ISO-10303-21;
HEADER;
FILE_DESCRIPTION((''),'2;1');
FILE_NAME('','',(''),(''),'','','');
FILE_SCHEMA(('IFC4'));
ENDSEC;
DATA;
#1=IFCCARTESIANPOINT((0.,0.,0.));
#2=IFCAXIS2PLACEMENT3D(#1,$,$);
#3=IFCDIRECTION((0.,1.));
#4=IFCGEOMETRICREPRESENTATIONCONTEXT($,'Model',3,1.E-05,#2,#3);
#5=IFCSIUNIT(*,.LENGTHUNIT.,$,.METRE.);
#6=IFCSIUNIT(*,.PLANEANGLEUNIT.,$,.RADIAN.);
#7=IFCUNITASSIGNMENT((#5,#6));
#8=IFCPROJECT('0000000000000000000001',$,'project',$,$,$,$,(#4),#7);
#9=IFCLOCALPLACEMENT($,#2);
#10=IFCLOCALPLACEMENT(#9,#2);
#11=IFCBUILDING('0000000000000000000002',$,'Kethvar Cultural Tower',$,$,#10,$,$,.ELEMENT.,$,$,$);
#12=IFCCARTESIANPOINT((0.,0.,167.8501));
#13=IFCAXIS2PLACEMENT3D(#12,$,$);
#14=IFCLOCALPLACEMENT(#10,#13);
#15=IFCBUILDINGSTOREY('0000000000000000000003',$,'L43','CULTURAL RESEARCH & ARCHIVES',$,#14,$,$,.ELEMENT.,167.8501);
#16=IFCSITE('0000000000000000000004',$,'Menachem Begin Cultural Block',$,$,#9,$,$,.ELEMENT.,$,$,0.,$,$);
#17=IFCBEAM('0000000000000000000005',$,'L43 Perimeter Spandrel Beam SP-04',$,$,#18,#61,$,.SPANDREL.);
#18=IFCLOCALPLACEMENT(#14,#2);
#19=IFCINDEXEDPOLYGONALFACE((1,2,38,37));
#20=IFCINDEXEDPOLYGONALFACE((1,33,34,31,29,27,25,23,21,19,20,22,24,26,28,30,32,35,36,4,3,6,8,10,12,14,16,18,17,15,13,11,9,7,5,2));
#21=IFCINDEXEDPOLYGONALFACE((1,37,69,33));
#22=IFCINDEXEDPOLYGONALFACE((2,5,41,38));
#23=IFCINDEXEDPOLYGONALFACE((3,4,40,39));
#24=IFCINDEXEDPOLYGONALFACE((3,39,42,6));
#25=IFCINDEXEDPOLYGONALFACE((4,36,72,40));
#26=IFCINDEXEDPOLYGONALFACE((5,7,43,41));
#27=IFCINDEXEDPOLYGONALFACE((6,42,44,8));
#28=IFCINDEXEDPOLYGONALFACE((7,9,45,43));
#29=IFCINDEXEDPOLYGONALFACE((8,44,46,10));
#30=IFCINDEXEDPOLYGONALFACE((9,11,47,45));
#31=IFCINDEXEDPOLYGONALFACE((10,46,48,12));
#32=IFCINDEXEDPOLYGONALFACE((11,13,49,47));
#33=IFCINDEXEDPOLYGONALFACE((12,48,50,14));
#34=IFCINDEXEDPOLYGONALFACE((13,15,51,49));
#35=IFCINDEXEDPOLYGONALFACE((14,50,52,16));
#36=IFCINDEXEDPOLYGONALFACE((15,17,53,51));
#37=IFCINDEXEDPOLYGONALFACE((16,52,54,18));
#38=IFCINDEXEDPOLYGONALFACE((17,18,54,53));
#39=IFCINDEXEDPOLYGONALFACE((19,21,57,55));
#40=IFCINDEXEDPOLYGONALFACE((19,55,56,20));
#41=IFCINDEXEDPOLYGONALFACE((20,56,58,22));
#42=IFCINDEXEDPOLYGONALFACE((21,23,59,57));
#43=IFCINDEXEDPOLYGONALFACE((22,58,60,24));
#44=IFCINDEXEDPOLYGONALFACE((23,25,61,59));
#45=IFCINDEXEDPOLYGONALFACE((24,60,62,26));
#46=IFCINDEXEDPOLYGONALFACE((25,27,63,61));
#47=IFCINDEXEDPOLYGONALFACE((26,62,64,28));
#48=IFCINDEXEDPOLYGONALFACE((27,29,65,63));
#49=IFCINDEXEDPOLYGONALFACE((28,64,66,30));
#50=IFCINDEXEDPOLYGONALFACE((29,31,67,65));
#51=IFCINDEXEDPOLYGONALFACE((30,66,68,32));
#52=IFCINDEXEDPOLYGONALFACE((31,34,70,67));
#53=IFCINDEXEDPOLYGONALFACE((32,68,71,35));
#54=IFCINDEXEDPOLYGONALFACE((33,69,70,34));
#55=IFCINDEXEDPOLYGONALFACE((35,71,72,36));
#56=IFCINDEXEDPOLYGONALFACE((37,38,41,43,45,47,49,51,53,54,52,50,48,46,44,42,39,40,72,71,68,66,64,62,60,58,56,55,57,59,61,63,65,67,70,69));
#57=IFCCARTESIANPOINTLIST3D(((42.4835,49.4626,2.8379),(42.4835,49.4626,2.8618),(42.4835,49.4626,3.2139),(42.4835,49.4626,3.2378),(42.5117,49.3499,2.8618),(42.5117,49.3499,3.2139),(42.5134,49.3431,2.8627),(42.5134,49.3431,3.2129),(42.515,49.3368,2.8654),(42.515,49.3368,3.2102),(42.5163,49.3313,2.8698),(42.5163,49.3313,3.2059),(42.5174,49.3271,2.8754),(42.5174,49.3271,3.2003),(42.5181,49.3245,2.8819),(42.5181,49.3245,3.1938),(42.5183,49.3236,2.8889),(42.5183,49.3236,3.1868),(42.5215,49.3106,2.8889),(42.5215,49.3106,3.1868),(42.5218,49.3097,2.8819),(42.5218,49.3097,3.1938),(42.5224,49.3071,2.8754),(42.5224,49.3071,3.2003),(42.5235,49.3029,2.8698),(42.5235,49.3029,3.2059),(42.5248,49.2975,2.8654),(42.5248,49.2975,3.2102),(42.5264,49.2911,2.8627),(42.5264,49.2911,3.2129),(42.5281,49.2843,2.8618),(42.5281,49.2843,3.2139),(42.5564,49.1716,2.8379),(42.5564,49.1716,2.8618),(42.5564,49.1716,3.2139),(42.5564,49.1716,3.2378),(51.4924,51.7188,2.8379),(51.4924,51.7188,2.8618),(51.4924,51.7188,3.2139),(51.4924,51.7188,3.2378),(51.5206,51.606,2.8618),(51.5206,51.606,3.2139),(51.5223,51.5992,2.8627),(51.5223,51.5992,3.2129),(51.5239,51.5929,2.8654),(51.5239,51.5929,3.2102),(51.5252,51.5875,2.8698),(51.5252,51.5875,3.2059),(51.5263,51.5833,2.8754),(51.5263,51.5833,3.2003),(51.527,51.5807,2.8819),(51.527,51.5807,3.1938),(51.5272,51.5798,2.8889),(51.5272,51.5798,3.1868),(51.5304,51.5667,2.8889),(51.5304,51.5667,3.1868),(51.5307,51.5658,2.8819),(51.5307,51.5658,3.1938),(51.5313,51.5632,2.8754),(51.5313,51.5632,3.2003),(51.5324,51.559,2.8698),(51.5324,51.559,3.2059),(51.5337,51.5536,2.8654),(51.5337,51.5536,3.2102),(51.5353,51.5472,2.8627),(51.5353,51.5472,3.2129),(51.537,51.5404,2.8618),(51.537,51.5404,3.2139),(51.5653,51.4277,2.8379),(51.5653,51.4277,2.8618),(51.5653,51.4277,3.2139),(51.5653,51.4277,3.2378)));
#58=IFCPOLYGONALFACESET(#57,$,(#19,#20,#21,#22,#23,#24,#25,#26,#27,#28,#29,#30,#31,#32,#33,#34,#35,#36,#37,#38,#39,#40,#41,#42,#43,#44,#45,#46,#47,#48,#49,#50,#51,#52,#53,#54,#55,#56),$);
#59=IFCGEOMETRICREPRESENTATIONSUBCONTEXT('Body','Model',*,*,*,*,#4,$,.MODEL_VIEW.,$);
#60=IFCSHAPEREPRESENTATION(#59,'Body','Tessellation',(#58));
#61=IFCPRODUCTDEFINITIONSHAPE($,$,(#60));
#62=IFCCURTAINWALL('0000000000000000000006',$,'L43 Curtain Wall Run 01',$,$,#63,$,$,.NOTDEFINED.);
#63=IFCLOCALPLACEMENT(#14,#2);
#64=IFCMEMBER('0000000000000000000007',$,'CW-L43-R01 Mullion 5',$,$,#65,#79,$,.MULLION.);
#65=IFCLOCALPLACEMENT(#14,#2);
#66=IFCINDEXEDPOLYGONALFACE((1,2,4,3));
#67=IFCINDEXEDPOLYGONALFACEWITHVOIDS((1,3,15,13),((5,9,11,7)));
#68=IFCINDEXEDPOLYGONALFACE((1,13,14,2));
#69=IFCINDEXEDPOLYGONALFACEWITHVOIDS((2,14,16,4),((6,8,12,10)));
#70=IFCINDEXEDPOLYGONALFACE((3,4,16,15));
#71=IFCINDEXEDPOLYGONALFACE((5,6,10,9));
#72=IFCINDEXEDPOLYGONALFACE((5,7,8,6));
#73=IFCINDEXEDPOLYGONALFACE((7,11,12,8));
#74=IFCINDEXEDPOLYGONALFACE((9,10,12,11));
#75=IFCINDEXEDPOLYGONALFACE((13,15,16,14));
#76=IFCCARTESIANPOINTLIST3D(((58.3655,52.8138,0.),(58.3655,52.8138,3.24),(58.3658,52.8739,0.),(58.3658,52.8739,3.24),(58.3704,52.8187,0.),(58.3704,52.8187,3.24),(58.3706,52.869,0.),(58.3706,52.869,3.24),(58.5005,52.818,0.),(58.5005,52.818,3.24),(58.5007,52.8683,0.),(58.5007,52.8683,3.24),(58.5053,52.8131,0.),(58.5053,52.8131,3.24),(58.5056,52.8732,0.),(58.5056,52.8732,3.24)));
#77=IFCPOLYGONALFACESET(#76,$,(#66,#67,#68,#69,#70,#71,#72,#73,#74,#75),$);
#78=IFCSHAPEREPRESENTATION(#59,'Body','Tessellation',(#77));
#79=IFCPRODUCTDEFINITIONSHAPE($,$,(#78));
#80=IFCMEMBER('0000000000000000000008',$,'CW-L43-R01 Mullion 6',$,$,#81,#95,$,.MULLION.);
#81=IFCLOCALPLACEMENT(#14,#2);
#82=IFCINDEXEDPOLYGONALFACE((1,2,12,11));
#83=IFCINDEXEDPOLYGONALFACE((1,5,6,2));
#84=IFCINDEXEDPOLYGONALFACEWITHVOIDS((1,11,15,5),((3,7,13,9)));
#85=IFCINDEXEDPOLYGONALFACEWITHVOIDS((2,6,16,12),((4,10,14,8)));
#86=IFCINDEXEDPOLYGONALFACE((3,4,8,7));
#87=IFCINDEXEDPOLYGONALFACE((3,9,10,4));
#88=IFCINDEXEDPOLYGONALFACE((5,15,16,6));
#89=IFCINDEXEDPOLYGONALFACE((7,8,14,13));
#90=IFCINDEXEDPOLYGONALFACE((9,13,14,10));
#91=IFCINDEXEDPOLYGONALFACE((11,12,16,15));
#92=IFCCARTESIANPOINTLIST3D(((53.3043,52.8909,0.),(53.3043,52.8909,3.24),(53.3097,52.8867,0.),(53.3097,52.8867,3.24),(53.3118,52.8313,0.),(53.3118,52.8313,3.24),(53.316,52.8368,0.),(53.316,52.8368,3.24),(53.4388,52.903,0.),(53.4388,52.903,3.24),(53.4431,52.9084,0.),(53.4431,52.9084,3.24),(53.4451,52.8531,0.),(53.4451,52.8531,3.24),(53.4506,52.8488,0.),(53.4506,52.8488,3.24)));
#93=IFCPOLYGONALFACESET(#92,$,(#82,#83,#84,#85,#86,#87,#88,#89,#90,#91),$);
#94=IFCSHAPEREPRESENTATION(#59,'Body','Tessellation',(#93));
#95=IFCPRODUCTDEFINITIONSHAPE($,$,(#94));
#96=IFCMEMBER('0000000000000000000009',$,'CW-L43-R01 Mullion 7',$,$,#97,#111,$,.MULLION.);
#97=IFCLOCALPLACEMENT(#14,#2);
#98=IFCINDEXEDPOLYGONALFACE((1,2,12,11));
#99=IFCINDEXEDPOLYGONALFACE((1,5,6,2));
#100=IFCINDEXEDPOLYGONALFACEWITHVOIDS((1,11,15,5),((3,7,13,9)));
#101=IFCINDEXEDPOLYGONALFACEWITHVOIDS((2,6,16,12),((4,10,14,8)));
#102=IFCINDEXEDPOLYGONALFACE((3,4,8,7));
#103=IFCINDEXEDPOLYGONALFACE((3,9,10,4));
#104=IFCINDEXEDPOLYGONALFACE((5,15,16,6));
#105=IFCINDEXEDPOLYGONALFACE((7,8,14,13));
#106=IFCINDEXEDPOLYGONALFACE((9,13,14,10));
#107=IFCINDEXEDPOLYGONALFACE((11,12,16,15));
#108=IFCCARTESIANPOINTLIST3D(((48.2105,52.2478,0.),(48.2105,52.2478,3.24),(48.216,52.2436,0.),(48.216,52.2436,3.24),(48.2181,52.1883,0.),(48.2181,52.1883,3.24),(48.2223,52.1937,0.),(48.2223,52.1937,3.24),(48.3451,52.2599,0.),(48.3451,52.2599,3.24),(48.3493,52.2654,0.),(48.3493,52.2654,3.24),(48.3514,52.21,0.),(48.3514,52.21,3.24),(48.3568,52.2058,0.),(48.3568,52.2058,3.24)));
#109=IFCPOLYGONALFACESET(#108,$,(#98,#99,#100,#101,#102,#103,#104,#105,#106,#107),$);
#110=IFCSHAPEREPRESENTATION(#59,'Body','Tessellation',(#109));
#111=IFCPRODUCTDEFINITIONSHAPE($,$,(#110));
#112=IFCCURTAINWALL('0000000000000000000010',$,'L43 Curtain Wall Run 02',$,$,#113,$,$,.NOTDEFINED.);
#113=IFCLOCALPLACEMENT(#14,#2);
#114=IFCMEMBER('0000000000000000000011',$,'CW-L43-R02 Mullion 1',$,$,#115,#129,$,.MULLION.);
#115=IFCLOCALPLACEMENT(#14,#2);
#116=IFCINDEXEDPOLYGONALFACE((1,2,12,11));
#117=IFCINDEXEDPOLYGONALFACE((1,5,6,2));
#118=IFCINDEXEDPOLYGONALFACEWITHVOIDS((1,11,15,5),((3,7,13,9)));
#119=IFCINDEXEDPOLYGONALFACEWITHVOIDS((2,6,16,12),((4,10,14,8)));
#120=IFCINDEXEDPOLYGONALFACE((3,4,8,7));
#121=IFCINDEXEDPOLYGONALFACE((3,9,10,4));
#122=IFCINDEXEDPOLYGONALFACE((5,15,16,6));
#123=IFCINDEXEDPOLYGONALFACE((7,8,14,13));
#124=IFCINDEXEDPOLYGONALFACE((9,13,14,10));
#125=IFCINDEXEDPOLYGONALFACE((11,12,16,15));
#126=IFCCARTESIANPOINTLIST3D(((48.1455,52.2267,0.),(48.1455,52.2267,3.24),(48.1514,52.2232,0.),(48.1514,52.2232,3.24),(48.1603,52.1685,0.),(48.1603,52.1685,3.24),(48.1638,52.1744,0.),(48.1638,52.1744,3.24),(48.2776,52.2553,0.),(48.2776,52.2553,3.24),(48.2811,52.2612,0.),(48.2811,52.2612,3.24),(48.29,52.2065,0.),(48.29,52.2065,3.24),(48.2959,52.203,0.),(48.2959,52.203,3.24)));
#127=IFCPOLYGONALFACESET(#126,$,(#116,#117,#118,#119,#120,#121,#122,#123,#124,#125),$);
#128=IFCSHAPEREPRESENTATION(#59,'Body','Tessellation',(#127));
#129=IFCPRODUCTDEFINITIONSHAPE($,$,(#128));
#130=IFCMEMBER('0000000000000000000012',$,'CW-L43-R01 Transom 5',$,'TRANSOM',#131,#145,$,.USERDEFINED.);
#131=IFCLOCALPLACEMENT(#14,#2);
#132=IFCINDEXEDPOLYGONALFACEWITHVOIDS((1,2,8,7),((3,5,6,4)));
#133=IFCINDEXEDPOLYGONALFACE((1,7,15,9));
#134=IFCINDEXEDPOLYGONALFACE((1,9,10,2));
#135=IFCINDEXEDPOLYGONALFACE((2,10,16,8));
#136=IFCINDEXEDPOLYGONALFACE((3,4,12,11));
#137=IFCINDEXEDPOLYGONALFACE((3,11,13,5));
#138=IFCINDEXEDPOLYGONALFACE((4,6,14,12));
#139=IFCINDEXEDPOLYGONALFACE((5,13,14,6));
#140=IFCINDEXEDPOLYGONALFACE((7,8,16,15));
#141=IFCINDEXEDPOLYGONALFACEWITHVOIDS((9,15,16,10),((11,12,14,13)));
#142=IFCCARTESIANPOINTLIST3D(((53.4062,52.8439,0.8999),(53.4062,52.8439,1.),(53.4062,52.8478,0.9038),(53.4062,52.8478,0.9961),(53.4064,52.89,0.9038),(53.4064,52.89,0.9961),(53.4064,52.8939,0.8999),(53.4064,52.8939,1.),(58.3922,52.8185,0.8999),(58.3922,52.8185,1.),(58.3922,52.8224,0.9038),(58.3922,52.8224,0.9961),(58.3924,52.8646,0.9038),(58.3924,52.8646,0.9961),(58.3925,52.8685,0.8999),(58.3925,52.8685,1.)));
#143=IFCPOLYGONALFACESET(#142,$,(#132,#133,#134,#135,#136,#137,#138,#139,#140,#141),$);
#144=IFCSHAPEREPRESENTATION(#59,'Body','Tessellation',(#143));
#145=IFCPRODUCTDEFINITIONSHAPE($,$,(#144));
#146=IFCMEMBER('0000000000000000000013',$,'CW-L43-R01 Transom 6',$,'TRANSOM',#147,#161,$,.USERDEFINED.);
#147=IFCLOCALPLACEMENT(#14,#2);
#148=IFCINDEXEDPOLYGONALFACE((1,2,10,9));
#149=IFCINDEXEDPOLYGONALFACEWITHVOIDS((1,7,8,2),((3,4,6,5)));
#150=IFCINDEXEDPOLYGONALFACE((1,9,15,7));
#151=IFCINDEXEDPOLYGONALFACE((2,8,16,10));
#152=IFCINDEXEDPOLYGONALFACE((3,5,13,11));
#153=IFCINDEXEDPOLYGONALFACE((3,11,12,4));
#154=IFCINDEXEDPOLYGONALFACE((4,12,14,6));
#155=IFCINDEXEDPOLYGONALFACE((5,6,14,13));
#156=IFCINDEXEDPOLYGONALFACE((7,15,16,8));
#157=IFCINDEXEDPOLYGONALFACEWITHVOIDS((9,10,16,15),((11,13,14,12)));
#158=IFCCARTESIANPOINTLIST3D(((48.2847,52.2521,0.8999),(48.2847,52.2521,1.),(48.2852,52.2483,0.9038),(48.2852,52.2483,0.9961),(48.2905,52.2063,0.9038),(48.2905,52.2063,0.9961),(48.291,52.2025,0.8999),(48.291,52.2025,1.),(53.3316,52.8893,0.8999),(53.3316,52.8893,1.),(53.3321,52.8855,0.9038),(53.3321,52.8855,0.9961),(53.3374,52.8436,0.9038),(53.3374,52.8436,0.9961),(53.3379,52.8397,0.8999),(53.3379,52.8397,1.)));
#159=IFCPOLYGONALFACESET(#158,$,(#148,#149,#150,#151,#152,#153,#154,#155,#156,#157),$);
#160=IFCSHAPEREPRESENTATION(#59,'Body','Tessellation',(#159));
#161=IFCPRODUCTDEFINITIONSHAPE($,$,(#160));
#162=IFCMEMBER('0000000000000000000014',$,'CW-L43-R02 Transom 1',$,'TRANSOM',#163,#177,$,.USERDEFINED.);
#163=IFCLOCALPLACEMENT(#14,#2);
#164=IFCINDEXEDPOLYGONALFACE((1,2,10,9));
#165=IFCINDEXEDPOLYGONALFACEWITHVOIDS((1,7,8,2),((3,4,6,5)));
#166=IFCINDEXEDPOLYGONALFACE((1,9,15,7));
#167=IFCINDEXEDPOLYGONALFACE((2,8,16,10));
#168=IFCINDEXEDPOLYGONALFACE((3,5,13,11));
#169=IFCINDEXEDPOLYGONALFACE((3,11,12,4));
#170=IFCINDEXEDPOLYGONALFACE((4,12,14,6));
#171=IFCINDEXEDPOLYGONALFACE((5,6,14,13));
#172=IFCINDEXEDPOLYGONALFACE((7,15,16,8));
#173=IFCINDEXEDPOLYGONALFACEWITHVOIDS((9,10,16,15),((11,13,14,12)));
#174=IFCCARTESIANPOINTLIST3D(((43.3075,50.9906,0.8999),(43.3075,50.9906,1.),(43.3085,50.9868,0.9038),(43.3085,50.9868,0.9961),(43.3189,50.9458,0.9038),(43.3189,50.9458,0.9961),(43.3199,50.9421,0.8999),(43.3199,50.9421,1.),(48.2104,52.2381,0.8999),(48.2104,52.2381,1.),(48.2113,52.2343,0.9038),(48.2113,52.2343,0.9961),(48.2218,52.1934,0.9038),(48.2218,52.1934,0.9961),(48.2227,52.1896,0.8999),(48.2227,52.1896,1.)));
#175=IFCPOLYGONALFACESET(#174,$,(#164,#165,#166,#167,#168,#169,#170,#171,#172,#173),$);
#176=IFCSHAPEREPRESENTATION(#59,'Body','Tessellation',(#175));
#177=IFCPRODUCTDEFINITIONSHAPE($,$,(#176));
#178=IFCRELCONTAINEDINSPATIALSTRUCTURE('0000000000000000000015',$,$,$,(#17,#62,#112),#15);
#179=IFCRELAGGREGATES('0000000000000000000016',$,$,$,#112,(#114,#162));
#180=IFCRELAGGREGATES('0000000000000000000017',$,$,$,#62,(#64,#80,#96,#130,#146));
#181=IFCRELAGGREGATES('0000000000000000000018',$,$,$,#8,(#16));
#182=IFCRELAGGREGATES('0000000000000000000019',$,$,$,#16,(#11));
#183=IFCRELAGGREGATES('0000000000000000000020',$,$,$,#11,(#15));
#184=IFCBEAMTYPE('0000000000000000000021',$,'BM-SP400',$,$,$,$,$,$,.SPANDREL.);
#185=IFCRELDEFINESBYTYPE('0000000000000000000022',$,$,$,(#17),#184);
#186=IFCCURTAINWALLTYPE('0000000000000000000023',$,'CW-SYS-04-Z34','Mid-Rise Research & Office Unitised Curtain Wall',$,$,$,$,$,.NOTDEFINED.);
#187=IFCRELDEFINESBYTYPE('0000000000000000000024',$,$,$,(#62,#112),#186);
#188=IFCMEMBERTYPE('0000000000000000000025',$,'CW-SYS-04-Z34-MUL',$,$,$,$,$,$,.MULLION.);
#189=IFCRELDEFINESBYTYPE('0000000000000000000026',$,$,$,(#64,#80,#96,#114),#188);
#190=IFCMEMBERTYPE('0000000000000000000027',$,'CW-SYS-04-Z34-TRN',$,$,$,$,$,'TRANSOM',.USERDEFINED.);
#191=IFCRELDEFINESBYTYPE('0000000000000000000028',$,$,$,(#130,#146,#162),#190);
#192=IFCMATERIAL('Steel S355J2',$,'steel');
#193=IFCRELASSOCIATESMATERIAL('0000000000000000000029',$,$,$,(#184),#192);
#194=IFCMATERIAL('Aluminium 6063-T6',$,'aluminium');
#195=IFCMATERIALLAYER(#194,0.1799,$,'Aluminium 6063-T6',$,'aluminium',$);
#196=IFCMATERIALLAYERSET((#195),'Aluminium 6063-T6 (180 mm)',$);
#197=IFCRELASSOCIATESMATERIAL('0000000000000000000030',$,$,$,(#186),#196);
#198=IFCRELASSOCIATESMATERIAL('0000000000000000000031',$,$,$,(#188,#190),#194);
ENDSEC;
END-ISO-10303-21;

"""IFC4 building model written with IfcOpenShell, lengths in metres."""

from ifc_helpers import new_model, si_unit, direction, frame, origin, origin_2d, place, context, subcontext, project, spatial, hollow_rectangle, i_section, extrude, source, transform, mapped, material, layer, layer_set, material_profile, profile_set, type_object, element, aggregate, save


model = new_model("IFC4")

# Units and contexts
model_context = context("Model", 3, precision=1e-05, world=origin(), true_north=direction((0.0, 1.0)))
body_context = subcontext(model_context, "Body", "Model", "MODEL_VIEW")
ifc_project = project(units=[si_unit("LENGTHUNIT", "METRE"), si_unit("PLANEANGLEUNIT", "RADIAN")], contexts=[model_context])

# Site, building, storey
site_placement = place(None, origin())
site = spatial("IfcSite", under=ifc_project, at=site_placement, Name="Menachem Begin Cultural Block", CompositionType="ELEMENT", RefElevation=0.0)
building_placement = place(site_placement, origin())
building = spatial("IfcBuilding", under=site, at=building_placement, Name="Kethvar Cultural Tower", CompositionType="ELEMENT")
storey_placement = place(building_placement, frame((0.0, 0.0, 167.8501)))
storey = spatial("IfcBuildingStorey", under=building, at=storey_placement, Name="L43", Description="CULTURAL RESEARCH & ARCHIVES", CompositionType="ELEMENT", Elevation=167.8501)

# Beam
ifc_material_1 = material(Name="Steel S355J2", Category="steel")
ifc_material_profile_1 = material_profile(ifc_material_1, i_section(OverallWidth=0.3, OverallDepth=0.3999, WebThickness=0.0134, FlangeThickness=0.0239, FilletRadius=0.0271, at=origin_2d()), Name="Steel S355J2 — HEB400")
ifc_profile_set_1 = profile_set([ifc_material_profile_1], Name="Steel S355J2 — HEB400")
beam_type_1 = type_object("IfcBeamType", Name="BM-SP400", PredefinedType="SPANDREL", material=ifc_profile_set_1)
shared_shape_1 = source(origin(), body_context, "Body", "SweptSolid", [
    extrude(i_section(OverallWidth=0.3, OverallDepth=0.3999, WebThickness=0.0134, FlangeThickness=0.0239, FilletRadius=0.0271, at=origin_2d()), origin(), (0.0, 0.0, 1.0), 9.2871),
])
beam_1_placement = place(storey_placement, frame((51.5288, 51.5732, 3.0378), z_axis=(-0.970043, -0.242931, 0.0), x_axis=(0.242931, -0.970043, 0.0)))
element("IfcBeam", 1, at=beam_1_placement, inside=storey, type_object=beam_type_1, Name="L43 Perimeter Spandrel Beam SP-04", PredefinedType="SPANDREL", context=body_context, shape_type="MappedRepresentation", body=[
    mapped(shared_shape_1, transform((0.0, 0.0, 0.0), scale=1.0)),
])

# Curtain wall, members
ifc_material_2 = material(Name="Aluminium 6063-T6", Category="aluminium")
ifc_layer_1 = layer(ifc_material_2, 0.1799, Name="Aluminium 6063-T6", Category="aluminium")
ifc_layer_set_1 = layer_set([ifc_layer_1], Name="Aluminium 6063-T6 (180 mm)")
curtain_wall_type = type_object("IfcCurtainWallType", Name="CW-SYS-04-Z34", Description="Mid-Rise Research & Office Unitised Curtain Wall", PredefinedType="NOTDEFINED", material=ifc_layer_set_1)
curtain_wall_1_placement = place(storey_placement, origin())
curtain_wall_1 = element("IfcCurtainWall", 2, at=curtain_wall_1_placement, inside=storey, type_object=curtain_wall_type, Name="L43 Curtain Wall Run 01", PredefinedType="NOTDEFINED")
ifc_material_profile_2 = material_profile(ifc_material_2, hollow_rectangle(XDim=0.0601, YDim=0.1399, WallThickness=0.0049, at=origin_2d()), Name="Aluminium 6063-T6 — RHS140x60x5")
ifc_profile_set_2 = profile_set([ifc_material_profile_2], Name="Aluminium 6063-T6 — RHS140x60x5")
member_type_1 = type_object("IfcMemberType", Name="CW-SYS-04-Z34-MUL", PredefinedType="MULLION", material=ifc_profile_set_2)
shared_shape_2 = source(origin(), body_context, "Body", "SweptSolid", [
    extrude(hollow_rectangle(XDim=0.0601, YDim=0.1399, WallThickness=0.0049, at=origin_2d()), origin(), (0.0, 0.0, 1.0), 3.24),
])
member_1_placement = place(storey_placement, frame((58.4355, 52.8435, 0.0), z_axis=(0.0, 0.0, 1.0), x_axis=(-0.005044, -0.999987, 0.0)))
member_1 = element("IfcMember", 3, at=member_1_placement, type_object=member_type_1, Name="CW-L43-R01 Mullion 5", PredefinedType="MULLION", context=body_context, shape_type="MappedRepresentation", body=[
    mapped(shared_shape_2, transform((0.0, 0.0, 0.0), scale=1.0)),
])
member_2_placement = place(storey_placement, frame((53.3774, 52.8699, 0.0), z_axis=(0.0, 0.0, 1.0), x_axis=(0.125247, -0.992126, 0.0)))
member_2 = element("IfcMember", 4, at=member_2_placement, type_object=member_type_1, Name="CW-L43-R01 Mullion 6", PredefinedType="MULLION", context=body_context, shape_type="MappedRepresentation", body=[
    mapped(shared_shape_2, transform((0.0, 0.0, 0.0), scale=1.0)),
])
member_3_placement = place(storey_placement, frame((48.2837, 52.2268, 0.0), z_axis=(0.0, 0.0, 1.0), x_axis=(0.125247, -0.992126, 0.0)))
member_3 = element("IfcMember", 5, at=member_3_placement, type_object=member_type_1, Name="CW-L43-R01 Mullion 7", PredefinedType="MULLION", context=body_context, shape_type="MappedRepresentation", body=[
    mapped(shared_shape_2, transform((0.0, 0.0, 0.0), scale=1.0)),
])

# Curtain wall, member
curtain_wall_2_placement = place(storey_placement, origin())
curtain_wall_2 = element("IfcCurtainWall", 6, at=curtain_wall_2_placement, inside=storey, type_object=curtain_wall_type, Name="L43 Curtain Wall Run 02", PredefinedType="NOTDEFINED")
member_4_placement = place(storey_placement, frame((48.2207, 52.2148, 0.0), z_axis=(0.0, 0.0, 1.0), x_axis=(0.246593, -0.969119, 0.0)))
member_4 = element("IfcMember", 7, at=member_4_placement, type_object=member_type_1, Name="CW-L43-R02 Mullion 1", PredefinedType="MULLION", context=body_context, shape_type="MappedRepresentation", body=[
    mapped(shared_shape_2, transform((0.0, 0.0, 0.0), scale=1.0)),
])

# Members
ifc_material_profile_3 = material_profile(ifc_material_2, hollow_rectangle(XDim=0.05, YDim=0.1001, WallThickness=0.0039, at=origin_2d()), Name="Aluminium 6063-T6 — RHS100x50x4")
ifc_profile_set_3 = profile_set([ifc_material_profile_3], Name="Aluminium 6063-T6 — RHS100x50x4")
member_type_2 = type_object("IfcMemberType", Name="CW-SYS-04-Z34-TRN", ElementType="TRANSOM", PredefinedType="USERDEFINED", material=ifc_profile_set_3)
shared_shape_3 = source(origin(), body_context, "Body", "SweptSolid", [
    extrude(hollow_rectangle(XDim=0.05, YDim=0.1001, WallThickness=0.0039, at=origin_2d()), origin(), (0.0, 0.0, 1.0), 4.9861),
])
member_5_placement = place(storey_placement, frame((58.3923, 52.8435, 0.95), z_axis=(-0.999987, 0.005092, 0.0), x_axis=(-0.005092, -0.999987, 0.0)))
member_5 = element("IfcMember", 8, at=member_5_placement, type_object=member_type_2, Name="CW-L43-R01 Transom 5", ObjectType="TRANSOM", PredefinedType="USERDEFINED", context=body_context, shape_type="MappedRepresentation", body=[
    mapped(shared_shape_3, transform((0.0, 0.0, 0.0), scale=1.0)),
])
shared_shape_4 = source(origin(), body_context, "Body", "SweptSolid", [
    extrude(hollow_rectangle(XDim=0.05, YDim=0.1001, WallThickness=0.0039, at=origin_2d()), origin(), (0.0, 0.0, 1.0), 5.0869),
])
member_6_placement = place(storey_placement, frame((53.3347, 52.8645, 0.95), z_axis=(-0.992124, -0.125263, 0.0), x_axis=(0.125263, -0.992124, 0.0)))
member_6 = element("IfcMember", 9, at=member_6_placement, type_object=member_type_2, Name="CW-L43-R01 Transom 6", ObjectType="TRANSOM", PredefinedType="USERDEFINED", context=body_context, shape_type="MappedRepresentation", body=[
    mapped(shared_shape_4, transform((0.0, 0.0, 0.0), scale=1.0)),
])
shared_shape_5 = source(origin(), body_context, "Body", "SweptSolid", [
    extrude(hollow_rectangle(XDim=0.05, YDim=0.1001, WallThickness=0.0039, at=origin_2d()), origin(), (0.0, 0.0, 1.0), 5.0591),
])
member_7_placement = place(storey_placement, frame((48.2166, 52.2139, 0.95), z_axis=(-0.969118, -0.246599, 0.0), x_axis=(0.246599, -0.969118, 0.0)))
member_7 = element("IfcMember", 10, at=member_7_placement, type_object=member_type_2, Name="CW-L43-R02 Transom 1", ObjectType="TRANSOM", PredefinedType="USERDEFINED", context=body_context, shape_type="MappedRepresentation", body=[
    mapped(shared_shape_5, transform((0.0, 0.0, 0.0), scale=1.0)),
])
aggregate(curtain_wall_2, [member_4, member_7])

aggregate(curtain_wall_1, [member_1, member_2, member_3, member_5, member_6])

save(model, "model.ifc")
